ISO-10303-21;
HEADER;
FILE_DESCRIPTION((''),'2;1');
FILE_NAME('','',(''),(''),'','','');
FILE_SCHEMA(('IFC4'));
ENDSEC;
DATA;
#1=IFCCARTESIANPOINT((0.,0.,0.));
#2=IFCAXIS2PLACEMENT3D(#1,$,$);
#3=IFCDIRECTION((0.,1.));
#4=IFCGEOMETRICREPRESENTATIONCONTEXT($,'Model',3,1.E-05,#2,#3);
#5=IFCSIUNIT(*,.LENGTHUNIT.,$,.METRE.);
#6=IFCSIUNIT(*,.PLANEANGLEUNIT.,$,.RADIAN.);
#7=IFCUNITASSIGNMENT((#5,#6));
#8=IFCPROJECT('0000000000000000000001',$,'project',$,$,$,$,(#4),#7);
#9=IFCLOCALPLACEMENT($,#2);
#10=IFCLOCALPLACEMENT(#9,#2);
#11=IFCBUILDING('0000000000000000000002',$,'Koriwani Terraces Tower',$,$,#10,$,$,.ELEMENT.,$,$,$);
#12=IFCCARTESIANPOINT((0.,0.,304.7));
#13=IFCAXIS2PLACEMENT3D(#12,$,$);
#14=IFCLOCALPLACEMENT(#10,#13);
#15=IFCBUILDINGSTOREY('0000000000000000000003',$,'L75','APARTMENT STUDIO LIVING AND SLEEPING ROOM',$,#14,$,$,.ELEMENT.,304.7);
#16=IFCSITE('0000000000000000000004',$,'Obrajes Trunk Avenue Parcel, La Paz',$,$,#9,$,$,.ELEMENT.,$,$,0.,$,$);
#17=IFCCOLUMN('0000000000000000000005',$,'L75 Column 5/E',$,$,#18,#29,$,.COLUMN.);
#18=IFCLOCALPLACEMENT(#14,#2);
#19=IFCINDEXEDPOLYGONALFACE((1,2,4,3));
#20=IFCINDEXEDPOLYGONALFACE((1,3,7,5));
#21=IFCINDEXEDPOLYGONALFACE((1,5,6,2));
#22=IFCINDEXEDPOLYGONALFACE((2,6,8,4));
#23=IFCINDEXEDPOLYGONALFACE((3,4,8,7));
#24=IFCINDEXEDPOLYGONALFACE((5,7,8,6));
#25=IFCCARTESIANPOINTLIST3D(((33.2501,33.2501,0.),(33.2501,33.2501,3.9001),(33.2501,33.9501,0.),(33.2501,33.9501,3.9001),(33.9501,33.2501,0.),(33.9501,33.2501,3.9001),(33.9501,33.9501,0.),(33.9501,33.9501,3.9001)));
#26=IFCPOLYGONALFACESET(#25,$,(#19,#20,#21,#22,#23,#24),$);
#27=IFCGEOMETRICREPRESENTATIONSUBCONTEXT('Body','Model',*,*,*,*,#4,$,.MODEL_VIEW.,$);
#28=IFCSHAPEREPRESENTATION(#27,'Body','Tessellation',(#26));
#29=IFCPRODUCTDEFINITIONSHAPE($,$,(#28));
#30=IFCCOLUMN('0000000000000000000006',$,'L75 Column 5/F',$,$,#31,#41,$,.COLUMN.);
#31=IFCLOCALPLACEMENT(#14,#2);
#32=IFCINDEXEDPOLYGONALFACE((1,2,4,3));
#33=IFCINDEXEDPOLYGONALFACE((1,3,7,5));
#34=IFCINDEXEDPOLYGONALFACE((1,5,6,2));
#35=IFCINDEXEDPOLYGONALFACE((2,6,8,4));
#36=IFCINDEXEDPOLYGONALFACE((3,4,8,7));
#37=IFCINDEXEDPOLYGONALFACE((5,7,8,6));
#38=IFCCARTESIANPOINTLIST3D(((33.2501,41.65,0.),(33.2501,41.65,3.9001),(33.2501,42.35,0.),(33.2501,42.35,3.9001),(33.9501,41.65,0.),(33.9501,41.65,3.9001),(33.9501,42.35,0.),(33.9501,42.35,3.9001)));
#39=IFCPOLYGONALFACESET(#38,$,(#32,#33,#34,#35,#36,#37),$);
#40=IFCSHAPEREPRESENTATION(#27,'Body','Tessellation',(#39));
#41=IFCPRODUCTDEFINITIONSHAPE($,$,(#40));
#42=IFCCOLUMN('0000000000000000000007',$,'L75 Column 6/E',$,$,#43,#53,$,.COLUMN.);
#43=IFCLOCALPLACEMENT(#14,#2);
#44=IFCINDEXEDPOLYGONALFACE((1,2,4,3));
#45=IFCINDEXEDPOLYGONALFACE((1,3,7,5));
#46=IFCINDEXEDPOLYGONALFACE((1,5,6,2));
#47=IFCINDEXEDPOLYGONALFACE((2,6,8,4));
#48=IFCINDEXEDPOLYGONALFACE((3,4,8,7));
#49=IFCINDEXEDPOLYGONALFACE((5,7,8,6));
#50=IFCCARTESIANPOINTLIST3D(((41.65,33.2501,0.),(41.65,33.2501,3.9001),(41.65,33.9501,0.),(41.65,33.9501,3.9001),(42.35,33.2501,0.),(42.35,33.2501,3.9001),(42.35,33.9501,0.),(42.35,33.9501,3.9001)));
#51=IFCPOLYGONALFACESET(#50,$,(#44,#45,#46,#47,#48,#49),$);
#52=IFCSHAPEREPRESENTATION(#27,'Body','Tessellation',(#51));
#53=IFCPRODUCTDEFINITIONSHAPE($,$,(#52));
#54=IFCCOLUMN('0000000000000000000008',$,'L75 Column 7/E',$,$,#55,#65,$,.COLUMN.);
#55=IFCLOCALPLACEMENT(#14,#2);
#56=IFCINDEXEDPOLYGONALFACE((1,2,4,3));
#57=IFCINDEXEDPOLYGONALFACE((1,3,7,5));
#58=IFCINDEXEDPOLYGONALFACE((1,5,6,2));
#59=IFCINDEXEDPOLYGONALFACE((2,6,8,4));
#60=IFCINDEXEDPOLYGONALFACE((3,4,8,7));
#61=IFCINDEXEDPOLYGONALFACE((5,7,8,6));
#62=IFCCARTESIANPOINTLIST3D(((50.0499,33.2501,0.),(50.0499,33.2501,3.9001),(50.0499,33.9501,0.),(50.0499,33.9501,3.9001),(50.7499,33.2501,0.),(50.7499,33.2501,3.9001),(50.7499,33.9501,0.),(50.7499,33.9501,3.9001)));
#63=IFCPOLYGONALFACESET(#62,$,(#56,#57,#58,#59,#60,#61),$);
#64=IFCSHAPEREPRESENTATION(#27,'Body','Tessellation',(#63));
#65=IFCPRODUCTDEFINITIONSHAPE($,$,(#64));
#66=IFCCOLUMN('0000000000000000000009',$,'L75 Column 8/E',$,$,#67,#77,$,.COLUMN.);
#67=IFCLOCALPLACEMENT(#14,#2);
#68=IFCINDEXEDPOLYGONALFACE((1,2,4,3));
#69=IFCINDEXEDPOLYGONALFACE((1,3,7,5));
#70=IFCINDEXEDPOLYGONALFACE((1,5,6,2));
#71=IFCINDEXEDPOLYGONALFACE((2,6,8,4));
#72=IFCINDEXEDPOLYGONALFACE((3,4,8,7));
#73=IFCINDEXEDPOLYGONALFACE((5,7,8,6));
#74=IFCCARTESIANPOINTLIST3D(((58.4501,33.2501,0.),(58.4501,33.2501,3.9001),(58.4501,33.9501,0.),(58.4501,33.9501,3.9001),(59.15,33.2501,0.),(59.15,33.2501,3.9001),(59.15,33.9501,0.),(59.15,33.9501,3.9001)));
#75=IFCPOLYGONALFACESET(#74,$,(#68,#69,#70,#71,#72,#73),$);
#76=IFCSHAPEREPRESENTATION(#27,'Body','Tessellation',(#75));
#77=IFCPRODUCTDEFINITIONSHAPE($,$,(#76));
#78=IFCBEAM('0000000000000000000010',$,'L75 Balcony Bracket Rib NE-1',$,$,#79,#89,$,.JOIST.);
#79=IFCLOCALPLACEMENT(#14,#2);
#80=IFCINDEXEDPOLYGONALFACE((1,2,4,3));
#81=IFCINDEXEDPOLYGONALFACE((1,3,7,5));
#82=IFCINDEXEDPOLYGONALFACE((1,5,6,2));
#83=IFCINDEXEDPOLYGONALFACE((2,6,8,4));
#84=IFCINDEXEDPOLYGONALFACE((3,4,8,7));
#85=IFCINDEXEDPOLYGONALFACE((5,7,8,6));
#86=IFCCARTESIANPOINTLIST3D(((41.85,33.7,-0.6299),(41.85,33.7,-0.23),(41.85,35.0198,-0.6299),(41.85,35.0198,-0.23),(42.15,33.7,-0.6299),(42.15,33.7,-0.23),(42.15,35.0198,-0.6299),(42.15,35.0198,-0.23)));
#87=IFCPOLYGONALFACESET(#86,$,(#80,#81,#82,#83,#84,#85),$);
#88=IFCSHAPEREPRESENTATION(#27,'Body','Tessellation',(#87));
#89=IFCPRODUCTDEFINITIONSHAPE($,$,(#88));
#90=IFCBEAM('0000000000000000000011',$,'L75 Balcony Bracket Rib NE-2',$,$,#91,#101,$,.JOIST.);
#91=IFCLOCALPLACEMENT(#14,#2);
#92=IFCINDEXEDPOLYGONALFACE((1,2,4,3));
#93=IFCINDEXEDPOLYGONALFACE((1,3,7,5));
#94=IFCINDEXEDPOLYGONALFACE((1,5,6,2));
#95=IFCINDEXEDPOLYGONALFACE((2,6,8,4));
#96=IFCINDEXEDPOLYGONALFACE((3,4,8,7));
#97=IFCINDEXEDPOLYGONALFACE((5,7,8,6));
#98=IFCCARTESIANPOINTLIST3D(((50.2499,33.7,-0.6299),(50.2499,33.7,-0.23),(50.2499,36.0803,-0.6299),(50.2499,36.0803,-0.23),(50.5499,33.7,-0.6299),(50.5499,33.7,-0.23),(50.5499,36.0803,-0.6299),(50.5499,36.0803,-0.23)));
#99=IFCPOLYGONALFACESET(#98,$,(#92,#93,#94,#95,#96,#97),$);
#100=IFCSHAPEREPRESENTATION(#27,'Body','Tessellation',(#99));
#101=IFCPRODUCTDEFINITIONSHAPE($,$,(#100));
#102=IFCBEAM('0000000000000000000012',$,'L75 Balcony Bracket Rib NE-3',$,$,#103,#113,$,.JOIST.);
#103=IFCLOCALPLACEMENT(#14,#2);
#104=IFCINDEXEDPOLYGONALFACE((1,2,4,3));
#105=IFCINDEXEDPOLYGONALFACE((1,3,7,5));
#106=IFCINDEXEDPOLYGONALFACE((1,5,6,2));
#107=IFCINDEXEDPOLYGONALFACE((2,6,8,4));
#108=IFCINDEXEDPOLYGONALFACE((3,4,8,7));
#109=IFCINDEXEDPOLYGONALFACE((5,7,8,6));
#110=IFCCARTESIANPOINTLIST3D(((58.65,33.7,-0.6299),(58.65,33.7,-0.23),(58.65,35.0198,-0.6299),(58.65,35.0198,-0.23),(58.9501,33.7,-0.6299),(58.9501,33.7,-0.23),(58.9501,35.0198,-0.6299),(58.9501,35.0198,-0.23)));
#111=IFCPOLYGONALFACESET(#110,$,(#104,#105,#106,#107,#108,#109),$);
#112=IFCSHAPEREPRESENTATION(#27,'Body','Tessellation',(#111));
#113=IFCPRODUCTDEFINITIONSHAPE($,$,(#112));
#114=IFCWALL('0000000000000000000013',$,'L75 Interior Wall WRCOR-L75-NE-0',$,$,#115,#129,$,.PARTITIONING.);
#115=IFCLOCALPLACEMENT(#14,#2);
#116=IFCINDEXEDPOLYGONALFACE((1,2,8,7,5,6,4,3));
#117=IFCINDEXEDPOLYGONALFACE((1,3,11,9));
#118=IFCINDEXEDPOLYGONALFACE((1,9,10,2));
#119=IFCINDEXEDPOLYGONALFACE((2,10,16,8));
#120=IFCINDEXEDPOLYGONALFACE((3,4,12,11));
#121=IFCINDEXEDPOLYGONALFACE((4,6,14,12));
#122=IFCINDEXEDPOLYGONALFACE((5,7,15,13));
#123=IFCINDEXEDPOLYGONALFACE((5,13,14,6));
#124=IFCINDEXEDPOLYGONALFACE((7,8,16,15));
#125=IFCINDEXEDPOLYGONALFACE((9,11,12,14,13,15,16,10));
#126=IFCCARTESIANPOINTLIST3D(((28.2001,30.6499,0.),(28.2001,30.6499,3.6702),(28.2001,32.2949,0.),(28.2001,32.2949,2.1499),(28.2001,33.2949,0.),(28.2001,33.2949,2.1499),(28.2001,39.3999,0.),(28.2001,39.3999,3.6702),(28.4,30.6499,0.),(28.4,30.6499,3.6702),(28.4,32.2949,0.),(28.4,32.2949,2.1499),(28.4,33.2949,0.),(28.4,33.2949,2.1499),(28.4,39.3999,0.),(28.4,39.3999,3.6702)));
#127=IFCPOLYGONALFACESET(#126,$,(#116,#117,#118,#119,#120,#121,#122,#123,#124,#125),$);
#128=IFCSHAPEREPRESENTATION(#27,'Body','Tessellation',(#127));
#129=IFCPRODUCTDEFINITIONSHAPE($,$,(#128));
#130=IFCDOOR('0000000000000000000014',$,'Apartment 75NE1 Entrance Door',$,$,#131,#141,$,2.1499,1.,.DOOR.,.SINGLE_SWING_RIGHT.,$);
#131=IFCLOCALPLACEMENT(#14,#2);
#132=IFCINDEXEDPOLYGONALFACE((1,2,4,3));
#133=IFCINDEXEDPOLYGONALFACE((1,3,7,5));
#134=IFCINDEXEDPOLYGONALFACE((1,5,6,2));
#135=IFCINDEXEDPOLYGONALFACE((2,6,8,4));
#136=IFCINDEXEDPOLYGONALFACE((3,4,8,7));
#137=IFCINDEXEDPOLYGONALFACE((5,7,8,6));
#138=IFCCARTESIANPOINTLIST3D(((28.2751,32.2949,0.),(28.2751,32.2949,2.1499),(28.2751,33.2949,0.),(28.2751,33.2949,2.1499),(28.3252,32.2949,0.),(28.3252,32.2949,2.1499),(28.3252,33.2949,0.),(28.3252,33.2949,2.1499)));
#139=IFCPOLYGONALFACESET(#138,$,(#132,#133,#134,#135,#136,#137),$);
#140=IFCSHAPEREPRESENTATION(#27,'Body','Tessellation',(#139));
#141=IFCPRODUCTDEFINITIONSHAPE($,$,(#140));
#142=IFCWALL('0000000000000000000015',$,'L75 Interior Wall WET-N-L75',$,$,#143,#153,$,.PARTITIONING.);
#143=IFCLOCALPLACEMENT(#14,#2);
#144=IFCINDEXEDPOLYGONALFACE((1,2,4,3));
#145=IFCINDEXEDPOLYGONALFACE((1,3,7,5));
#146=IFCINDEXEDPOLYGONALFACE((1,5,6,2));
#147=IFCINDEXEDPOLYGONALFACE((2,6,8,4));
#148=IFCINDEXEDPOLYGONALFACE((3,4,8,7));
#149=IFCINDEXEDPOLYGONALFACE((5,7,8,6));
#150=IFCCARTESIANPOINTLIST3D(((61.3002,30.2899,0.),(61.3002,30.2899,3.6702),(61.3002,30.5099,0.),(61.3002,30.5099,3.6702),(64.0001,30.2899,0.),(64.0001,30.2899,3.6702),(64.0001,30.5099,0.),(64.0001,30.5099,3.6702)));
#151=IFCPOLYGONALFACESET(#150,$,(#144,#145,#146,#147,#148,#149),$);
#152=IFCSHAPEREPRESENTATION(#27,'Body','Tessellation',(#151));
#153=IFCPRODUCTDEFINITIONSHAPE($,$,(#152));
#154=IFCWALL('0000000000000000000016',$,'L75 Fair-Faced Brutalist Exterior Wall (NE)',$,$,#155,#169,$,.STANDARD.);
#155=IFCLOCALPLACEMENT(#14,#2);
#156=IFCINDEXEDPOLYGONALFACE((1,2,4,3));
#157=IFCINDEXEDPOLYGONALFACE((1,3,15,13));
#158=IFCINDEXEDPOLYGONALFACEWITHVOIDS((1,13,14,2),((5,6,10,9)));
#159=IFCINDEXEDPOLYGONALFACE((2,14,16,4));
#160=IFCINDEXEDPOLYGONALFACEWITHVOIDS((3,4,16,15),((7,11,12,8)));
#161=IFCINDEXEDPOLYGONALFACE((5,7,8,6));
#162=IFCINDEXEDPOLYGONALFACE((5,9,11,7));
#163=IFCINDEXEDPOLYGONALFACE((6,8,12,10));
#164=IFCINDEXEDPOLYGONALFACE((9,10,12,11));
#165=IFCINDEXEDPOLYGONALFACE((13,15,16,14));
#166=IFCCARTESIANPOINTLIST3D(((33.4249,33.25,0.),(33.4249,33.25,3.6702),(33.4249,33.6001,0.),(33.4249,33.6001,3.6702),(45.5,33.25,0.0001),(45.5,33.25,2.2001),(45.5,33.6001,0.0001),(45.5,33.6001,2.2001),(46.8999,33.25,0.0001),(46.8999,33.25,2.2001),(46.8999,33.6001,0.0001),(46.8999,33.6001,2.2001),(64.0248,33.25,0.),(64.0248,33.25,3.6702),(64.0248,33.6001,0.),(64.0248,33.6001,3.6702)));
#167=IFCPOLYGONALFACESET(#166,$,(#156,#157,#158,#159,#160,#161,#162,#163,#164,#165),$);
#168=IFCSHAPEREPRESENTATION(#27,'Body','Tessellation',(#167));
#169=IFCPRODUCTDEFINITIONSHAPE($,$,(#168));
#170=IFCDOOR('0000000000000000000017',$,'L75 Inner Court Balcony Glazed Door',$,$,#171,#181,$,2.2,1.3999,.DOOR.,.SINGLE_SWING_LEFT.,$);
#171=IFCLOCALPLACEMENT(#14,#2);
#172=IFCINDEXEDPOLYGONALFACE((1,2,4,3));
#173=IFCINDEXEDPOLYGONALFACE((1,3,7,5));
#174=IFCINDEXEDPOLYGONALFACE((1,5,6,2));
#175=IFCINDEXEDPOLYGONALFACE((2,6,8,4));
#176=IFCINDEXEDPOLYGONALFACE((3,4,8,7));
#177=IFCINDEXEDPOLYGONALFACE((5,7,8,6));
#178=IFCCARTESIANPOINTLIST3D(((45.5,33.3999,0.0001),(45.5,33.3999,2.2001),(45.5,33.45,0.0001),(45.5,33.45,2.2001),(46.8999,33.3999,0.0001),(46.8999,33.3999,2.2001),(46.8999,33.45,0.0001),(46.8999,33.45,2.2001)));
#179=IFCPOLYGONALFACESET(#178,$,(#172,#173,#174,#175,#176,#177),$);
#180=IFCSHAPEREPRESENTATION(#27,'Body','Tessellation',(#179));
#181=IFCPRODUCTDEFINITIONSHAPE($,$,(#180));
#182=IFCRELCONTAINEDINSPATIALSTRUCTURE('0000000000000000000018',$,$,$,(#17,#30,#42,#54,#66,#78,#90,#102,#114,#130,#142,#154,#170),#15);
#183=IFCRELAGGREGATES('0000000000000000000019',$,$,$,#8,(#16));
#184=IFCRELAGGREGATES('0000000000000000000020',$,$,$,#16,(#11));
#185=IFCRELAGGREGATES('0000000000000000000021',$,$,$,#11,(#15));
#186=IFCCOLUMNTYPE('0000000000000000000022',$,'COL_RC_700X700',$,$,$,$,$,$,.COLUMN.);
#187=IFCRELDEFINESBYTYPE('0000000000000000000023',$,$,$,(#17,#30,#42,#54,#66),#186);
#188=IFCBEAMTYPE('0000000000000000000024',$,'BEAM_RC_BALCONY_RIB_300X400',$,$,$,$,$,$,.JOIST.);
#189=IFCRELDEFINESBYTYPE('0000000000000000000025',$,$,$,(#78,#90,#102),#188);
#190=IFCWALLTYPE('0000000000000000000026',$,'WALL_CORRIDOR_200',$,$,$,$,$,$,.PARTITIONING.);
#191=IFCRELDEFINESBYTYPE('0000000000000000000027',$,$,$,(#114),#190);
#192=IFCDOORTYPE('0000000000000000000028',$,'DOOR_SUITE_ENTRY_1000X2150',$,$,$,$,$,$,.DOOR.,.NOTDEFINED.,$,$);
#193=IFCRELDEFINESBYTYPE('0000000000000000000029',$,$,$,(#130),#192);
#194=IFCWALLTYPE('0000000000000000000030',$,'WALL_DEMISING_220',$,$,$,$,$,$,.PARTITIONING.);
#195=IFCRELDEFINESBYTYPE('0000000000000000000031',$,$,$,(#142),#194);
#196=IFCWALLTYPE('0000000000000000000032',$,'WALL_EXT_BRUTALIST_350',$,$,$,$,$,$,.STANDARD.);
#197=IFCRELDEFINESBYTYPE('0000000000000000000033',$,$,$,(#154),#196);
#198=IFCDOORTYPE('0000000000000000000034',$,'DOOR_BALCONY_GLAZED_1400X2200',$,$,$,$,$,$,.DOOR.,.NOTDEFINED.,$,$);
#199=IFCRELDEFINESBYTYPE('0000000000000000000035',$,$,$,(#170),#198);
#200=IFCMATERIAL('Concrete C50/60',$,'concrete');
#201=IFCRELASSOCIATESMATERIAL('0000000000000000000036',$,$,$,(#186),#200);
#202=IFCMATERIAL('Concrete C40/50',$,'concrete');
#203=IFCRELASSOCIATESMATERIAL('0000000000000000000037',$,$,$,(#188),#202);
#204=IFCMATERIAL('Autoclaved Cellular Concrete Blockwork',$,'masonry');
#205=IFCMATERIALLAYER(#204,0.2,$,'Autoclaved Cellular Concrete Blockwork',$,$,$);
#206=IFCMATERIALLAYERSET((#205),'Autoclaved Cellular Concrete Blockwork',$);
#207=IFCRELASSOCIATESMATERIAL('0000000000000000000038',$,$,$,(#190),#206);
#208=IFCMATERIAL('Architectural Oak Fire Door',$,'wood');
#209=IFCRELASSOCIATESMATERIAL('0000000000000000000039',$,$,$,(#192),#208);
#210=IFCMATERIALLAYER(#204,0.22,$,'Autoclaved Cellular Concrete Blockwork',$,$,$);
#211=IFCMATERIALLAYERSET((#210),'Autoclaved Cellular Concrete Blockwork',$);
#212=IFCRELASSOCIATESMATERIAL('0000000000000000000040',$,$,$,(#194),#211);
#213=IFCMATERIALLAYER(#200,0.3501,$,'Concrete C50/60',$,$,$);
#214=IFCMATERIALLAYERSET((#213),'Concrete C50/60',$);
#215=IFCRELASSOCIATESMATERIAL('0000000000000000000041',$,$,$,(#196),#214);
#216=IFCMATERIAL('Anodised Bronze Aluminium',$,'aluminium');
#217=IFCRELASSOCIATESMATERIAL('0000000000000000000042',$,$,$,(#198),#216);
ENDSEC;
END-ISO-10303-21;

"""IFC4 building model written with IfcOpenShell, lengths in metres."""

from ifc_helpers import new_model, si_unit, direction, frame, frame_2d, origin, origin_2d, place, context, subcontext, project, spatial, rectangle, extrude, material, layer, layer_set, material_profile, profile_set, type_object, element, fill, save


model = new_model("IFC4")

# Units and contexts
model_context = context("Model", 3, precision=1e-05, world=origin(), true_north=direction((0.0, 1.0)))
body_context = subcontext(model_context, "Body", "Model", "MODEL_VIEW")
ifc_project = project(units=[si_unit("LENGTHUNIT", "METRE"), si_unit("PLANEANGLEUNIT", "RADIAN")], contexts=[model_context])

# Site, building, storey
site_placement = place(None, origin())
site = spatial("IfcSite", under=ifc_project, at=site_placement, Name="Obrajes Trunk Avenue Parcel, La Paz", CompositionType="ELEMENT", RefElevation=0.0)
building_placement = place(site_placement, origin())
building = spatial("IfcBuilding", under=site, at=building_placement, Name="Koriwani Terraces Tower", CompositionType="ELEMENT")
storey_placement = place(building_placement, frame((0.0, 0.0, 304.7)))
storey = spatial("IfcBuildingStorey", under=building, at=storey_placement, Name="L75", Description="APARTMENT STUDIO LIVING AND SLEEPING ROOM", CompositionType="ELEMENT", Elevation=304.7)

# Columns
ifc_material_1 = material(Name="Concrete C50/60", Category="concrete")
ifc_material_profile_1 = material_profile(ifc_material_1, rectangle(XDim=0.7, YDim=0.7, at=origin_2d()), Name="Concrete C50/60", Category="LoadBearing")
ifc_profile_set_1 = profile_set([ifc_material_profile_1], Name="Concrete C50/60")
column_type = type_object("IfcColumnType", Name="COL_RC_700X700", PredefinedType="COLUMN", material=ifc_profile_set_1)
for number, where, z_axis, x_axis, name in (
    (1, (33.6001, 33.6001, 0.0), (0.0, 0.0, 1.0), (1.0, 0.0, 0.0), "L75 Column 5/E"),
    (2, (33.6001, 42.0, 0.0), (0.0, 0.0, 1.0), (1.0, 0.0, 0.0), "L75 Column 5/F"),
    (3, (42.0, 33.6001, 0.0), (0.0, 0.0, 1.0), (1.0, 0.0, 0.0), "L75 Column 6/E"),
    (4, (50.3999, 33.6001, 0.0), (0.0, 0.0, 1.0), (1.0, 0.0, 0.0), "L75 Column 7/E"),
    (5, (58.8, 33.6001, 0.0), (0.0, 0.0, 1.0), (1.0, 0.0, 0.0), "L75 Column 8/E"),
):
    element("IfcColumn", number, at=place(storey_placement, frame(where, z_axis=z_axis, x_axis=x_axis)), inside=storey, type_object=column_type, Name=name, PredefinedType="COLUMN", context=body_context, shape_type="SweptSolid", body=[
        extrude(rectangle(XDim=0.7, YDim=0.7, at=origin_2d()), origin(), (0.0, 0.0, 1.0), 3.9001),
    ])

# Beams
ifc_material_2 = material(Name="Concrete C40/50", Category="concrete")
ifc_material_profile_2 = material_profile(ifc_material_2, rectangle(XDim=0.3, YDim=0.3999, at=origin_2d()), Name="Concrete C40/50", Category="LoadBearing")
ifc_profile_set_2 = profile_set([ifc_material_profile_2], Name="Concrete C40/50")
beam_type = type_object("IfcBeamType", Name="BEAM_RC_BALCONY_RIB_300X400", PredefinedType="JOIST", material=ifc_profile_set_2)
beam_1_placement = place(storey_placement, frame((42.0, 33.7, -0.4299), z_axis=(0.0, 1.0, 0.0), x_axis=(-1.0, 0.0, 0.0)))
element("IfcBeam", 6, at=beam_1_placement, inside=storey, type_object=beam_type, Name="L75 Balcony Bracket Rib NE-1", PredefinedType="JOIST", context=body_context, shape_type="SweptSolid", body=[
    extrude(rectangle(XDim=0.3, YDim=0.3999, at=origin_2d()), origin(), (0.0, 0.0, 1.0), 1.3198),
])
beam_2_placement = place(storey_placement, frame((50.3999, 33.7, -0.4299), z_axis=(0.0, 1.0, 0.0), x_axis=(-1.0, 0.0, 0.0)))
element("IfcBeam", 7, at=beam_2_placement, inside=storey, type_object=beam_type, Name="L75 Balcony Bracket Rib NE-2", PredefinedType="JOIST", context=body_context, shape_type="SweptSolid", body=[
    extrude(rectangle(XDim=0.3, YDim=0.3999, at=origin_2d()), origin(), (0.0, 0.0, 1.0), 2.3804),
])
beam_3_placement = place(storey_placement, frame((58.8, 33.7, -0.4299), z_axis=(0.0, 1.0, 0.0), x_axis=(-1.0, 0.0, 0.0)))
element("IfcBeam", 8, at=beam_3_placement, inside=storey, type_object=beam_type, Name="L75 Balcony Bracket Rib NE-3", PredefinedType="JOIST", context=body_context, shape_type="SweptSolid", body=[
    extrude(rectangle(XDim=0.3, YDim=0.3999, at=origin_2d()), origin(), (0.0, 0.0, 1.0), 1.3198),
])

# Wall, opening, door
ifc_material_3 = material(Name="Autoclaved Cellular Concrete Blockwork", Category="masonry")
ifc_layer_1 = layer(ifc_material_3, 0.2, Name="Autoclaved Cellular Concrete Blockwork")
ifc_layer_set_1 = layer_set([ifc_layer_1], Name="Autoclaved Cellular Concrete Blockwork")
wall_type_1 = type_object("IfcWallType", Name="WALL_CORRIDOR_200", PredefinedType="PARTITIONING", material=ifc_layer_set_1)
wall_1_placement = place(storey_placement, frame((28.3, 30.6499, 0.0), z_axis=(0.0, 0.0, 1.0), x_axis=(0.0, 1.0, 0.0)))
wall_1 = element("IfcWall", 9, at=wall_1_placement, inside=storey, type_object=wall_type_1, Name="L75 Interior Wall WRCOR-L75-NE-0", PredefinedType="PARTITIONING", context=body_context, shape_type="SweptSolid", body=[
    extrude(rectangle(XDim=8.75, YDim=0.2, at=frame_2d((4.375, 0.0))), origin(), (0.0, 0.0, 1.0), 3.6702),
])
opening_1_placement = place(wall_1_placement, frame((1.645, 0.0, 0.0)))
opening_1 = element("IfcOpeningElement", 10, at=opening_1_placement, cuts=wall_1, PredefinedType="OPENING", context=body_context, shape_type="SweptSolid", body=[
    extrude(rectangle(XDim=1.0, YDim=2.1499, at=frame_2d((0.5, 1.075))), frame((0.0, 0.1099, 0.0), z_axis=(0.0, -1.0, 0.0), x_axis=(1.0, 0.0, 0.0)), (0.0, 0.0, 1.0), 0.22),
])
ifc_material_4 = material(Name="Architectural Oak Fire Door", Category="wood")
door_type_1 = type_object("IfcDoorType", Name="DOOR_SUITE_ENTRY_1000X2150", OperationType="NOTDEFINED", PredefinedType="DOOR", material=ifc_material_4)
door_1_placement = place(opening_1_placement, origin())
door_1 = element("IfcDoor", 11, at=door_1_placement, inside=storey, type_object=door_type_1, Name="Apartment 75NE1 Entrance Door", OperationType="SINGLE_SWING_RIGHT", OverallHeight=2.1499, OverallWidth=1.0, PredefinedType="DOOR", context=body_context, shape_type="SweptSolid", body=[
    extrude(rectangle(XDim=1.0, YDim=2.1499, at=frame_2d((0.5, 1.075))), frame((0.0, 0.0249, 0.0), z_axis=(0.0, -1.0, 0.0), x_axis=(1.0, 0.0, 0.0)), (0.0, 0.0, 1.0), 0.05),
])
fill(opening_1, door_1)

# Wall
ifc_layer_2 = layer(ifc_material_3, 0.22, Name="Autoclaved Cellular Concrete Blockwork")
ifc_layer_set_2 = layer_set([ifc_layer_2], Name="Autoclaved Cellular Concrete Blockwork")
wall_type_2 = type_object("IfcWallType", Name="WALL_DEMISING_220", PredefinedType="PARTITIONING", material=ifc_layer_set_2)
wall_2_placement = place(storey_placement, frame((61.3, 30.3999, 0.0), z_axis=(0.0, 0.0, 1.0), x_axis=(1.0, 0.0, 0.0)))
element("IfcWall", 12, at=wall_2_placement, inside=storey, type_object=wall_type_2, Name="L75 Interior Wall WET-N-L75", PredefinedType="PARTITIONING", context=body_context, shape_type="SweptSolid", body=[
    extrude(rectangle(XDim=2.7, YDim=0.22, at=frame_2d((1.3501, 0.0))), origin(), (0.0, 0.0, 1.0), 3.6702),
])

# Wall, opening, door
ifc_layer_3 = layer(ifc_material_1, 0.3501, Name="Concrete C50/60")
ifc_layer_set_3 = layer_set([ifc_layer_3], Name="Concrete C50/60")
wall_type_3 = type_object("IfcWallType", Name="WALL_EXT_BRUTALIST_350", PredefinedType="STANDARD", material=ifc_layer_set_3)
wall_3_placement = place(storey_placement, frame((33.425, 33.425, 0.0), z_axis=(0.0, 0.0, 1.0), x_axis=(1.0, 0.0, 0.0)))
wall_3 = element("IfcWall", 13, at=wall_3_placement, inside=storey, type_object=wall_type_3, Name="L75 Fair-Faced Brutalist Exterior Wall (NE)", PredefinedType="STANDARD", context=body_context, shape_type="SweptSolid", body=[
    extrude(rectangle(XDim=30.5999, YDim=0.3501, at=frame_2d((15.2998, 0.0))), origin(), (0.0, 0.0, 1.0), 3.6702),
])
opening_2_placement = place(wall_3_placement, frame((12.075, 0.0, 0.0)))
opening_2 = element("IfcOpeningElement", 14, at=opening_2_placement, cuts=wall_3, PredefinedType="OPENING", context=body_context, shape_type="SweptSolid", body=[
    extrude(rectangle(XDim=1.3999, YDim=2.2, at=frame_2d((0.7, 1.1001))), frame((0.0, 0.1851, 0.0), z_axis=(0.0, -1.0, 0.0), x_axis=(1.0, 0.0, 0.0)), (0.0, 0.0, 1.0), 0.3701),
])
ifc_material_5 = material(Name="Anodised Bronze Aluminium", Category="aluminium")
door_type_2 = type_object("IfcDoorType", Name="DOOR_BALCONY_GLAZED_1400X2200", OperationType="NOTDEFINED", PredefinedType="DOOR", material=ifc_material_5)
door_2_placement = place(opening_2_placement, origin())
door_2 = element("IfcDoor", 15, at=door_2_placement, inside=storey, type_object=door_type_2, Name="L75 Inner Court Balcony Glazed Door", OperationType="SINGLE_SWING_LEFT", OverallHeight=2.2, OverallWidth=1.3999, PredefinedType="DOOR", context=body_context, shape_type="SweptSolid", body=[
    extrude(rectangle(XDim=1.3999, YDim=2.2, at=frame_2d((0.7, 1.1001))), frame((0.0, 0.0249, 0.0), z_axis=(0.0, -1.0, 0.0), x_axis=(1.0, 0.0, 0.0)), (0.0, 0.0, 1.0), 0.05),
])
fill(opening_2, door_2)

save(model, "model.ifc")
